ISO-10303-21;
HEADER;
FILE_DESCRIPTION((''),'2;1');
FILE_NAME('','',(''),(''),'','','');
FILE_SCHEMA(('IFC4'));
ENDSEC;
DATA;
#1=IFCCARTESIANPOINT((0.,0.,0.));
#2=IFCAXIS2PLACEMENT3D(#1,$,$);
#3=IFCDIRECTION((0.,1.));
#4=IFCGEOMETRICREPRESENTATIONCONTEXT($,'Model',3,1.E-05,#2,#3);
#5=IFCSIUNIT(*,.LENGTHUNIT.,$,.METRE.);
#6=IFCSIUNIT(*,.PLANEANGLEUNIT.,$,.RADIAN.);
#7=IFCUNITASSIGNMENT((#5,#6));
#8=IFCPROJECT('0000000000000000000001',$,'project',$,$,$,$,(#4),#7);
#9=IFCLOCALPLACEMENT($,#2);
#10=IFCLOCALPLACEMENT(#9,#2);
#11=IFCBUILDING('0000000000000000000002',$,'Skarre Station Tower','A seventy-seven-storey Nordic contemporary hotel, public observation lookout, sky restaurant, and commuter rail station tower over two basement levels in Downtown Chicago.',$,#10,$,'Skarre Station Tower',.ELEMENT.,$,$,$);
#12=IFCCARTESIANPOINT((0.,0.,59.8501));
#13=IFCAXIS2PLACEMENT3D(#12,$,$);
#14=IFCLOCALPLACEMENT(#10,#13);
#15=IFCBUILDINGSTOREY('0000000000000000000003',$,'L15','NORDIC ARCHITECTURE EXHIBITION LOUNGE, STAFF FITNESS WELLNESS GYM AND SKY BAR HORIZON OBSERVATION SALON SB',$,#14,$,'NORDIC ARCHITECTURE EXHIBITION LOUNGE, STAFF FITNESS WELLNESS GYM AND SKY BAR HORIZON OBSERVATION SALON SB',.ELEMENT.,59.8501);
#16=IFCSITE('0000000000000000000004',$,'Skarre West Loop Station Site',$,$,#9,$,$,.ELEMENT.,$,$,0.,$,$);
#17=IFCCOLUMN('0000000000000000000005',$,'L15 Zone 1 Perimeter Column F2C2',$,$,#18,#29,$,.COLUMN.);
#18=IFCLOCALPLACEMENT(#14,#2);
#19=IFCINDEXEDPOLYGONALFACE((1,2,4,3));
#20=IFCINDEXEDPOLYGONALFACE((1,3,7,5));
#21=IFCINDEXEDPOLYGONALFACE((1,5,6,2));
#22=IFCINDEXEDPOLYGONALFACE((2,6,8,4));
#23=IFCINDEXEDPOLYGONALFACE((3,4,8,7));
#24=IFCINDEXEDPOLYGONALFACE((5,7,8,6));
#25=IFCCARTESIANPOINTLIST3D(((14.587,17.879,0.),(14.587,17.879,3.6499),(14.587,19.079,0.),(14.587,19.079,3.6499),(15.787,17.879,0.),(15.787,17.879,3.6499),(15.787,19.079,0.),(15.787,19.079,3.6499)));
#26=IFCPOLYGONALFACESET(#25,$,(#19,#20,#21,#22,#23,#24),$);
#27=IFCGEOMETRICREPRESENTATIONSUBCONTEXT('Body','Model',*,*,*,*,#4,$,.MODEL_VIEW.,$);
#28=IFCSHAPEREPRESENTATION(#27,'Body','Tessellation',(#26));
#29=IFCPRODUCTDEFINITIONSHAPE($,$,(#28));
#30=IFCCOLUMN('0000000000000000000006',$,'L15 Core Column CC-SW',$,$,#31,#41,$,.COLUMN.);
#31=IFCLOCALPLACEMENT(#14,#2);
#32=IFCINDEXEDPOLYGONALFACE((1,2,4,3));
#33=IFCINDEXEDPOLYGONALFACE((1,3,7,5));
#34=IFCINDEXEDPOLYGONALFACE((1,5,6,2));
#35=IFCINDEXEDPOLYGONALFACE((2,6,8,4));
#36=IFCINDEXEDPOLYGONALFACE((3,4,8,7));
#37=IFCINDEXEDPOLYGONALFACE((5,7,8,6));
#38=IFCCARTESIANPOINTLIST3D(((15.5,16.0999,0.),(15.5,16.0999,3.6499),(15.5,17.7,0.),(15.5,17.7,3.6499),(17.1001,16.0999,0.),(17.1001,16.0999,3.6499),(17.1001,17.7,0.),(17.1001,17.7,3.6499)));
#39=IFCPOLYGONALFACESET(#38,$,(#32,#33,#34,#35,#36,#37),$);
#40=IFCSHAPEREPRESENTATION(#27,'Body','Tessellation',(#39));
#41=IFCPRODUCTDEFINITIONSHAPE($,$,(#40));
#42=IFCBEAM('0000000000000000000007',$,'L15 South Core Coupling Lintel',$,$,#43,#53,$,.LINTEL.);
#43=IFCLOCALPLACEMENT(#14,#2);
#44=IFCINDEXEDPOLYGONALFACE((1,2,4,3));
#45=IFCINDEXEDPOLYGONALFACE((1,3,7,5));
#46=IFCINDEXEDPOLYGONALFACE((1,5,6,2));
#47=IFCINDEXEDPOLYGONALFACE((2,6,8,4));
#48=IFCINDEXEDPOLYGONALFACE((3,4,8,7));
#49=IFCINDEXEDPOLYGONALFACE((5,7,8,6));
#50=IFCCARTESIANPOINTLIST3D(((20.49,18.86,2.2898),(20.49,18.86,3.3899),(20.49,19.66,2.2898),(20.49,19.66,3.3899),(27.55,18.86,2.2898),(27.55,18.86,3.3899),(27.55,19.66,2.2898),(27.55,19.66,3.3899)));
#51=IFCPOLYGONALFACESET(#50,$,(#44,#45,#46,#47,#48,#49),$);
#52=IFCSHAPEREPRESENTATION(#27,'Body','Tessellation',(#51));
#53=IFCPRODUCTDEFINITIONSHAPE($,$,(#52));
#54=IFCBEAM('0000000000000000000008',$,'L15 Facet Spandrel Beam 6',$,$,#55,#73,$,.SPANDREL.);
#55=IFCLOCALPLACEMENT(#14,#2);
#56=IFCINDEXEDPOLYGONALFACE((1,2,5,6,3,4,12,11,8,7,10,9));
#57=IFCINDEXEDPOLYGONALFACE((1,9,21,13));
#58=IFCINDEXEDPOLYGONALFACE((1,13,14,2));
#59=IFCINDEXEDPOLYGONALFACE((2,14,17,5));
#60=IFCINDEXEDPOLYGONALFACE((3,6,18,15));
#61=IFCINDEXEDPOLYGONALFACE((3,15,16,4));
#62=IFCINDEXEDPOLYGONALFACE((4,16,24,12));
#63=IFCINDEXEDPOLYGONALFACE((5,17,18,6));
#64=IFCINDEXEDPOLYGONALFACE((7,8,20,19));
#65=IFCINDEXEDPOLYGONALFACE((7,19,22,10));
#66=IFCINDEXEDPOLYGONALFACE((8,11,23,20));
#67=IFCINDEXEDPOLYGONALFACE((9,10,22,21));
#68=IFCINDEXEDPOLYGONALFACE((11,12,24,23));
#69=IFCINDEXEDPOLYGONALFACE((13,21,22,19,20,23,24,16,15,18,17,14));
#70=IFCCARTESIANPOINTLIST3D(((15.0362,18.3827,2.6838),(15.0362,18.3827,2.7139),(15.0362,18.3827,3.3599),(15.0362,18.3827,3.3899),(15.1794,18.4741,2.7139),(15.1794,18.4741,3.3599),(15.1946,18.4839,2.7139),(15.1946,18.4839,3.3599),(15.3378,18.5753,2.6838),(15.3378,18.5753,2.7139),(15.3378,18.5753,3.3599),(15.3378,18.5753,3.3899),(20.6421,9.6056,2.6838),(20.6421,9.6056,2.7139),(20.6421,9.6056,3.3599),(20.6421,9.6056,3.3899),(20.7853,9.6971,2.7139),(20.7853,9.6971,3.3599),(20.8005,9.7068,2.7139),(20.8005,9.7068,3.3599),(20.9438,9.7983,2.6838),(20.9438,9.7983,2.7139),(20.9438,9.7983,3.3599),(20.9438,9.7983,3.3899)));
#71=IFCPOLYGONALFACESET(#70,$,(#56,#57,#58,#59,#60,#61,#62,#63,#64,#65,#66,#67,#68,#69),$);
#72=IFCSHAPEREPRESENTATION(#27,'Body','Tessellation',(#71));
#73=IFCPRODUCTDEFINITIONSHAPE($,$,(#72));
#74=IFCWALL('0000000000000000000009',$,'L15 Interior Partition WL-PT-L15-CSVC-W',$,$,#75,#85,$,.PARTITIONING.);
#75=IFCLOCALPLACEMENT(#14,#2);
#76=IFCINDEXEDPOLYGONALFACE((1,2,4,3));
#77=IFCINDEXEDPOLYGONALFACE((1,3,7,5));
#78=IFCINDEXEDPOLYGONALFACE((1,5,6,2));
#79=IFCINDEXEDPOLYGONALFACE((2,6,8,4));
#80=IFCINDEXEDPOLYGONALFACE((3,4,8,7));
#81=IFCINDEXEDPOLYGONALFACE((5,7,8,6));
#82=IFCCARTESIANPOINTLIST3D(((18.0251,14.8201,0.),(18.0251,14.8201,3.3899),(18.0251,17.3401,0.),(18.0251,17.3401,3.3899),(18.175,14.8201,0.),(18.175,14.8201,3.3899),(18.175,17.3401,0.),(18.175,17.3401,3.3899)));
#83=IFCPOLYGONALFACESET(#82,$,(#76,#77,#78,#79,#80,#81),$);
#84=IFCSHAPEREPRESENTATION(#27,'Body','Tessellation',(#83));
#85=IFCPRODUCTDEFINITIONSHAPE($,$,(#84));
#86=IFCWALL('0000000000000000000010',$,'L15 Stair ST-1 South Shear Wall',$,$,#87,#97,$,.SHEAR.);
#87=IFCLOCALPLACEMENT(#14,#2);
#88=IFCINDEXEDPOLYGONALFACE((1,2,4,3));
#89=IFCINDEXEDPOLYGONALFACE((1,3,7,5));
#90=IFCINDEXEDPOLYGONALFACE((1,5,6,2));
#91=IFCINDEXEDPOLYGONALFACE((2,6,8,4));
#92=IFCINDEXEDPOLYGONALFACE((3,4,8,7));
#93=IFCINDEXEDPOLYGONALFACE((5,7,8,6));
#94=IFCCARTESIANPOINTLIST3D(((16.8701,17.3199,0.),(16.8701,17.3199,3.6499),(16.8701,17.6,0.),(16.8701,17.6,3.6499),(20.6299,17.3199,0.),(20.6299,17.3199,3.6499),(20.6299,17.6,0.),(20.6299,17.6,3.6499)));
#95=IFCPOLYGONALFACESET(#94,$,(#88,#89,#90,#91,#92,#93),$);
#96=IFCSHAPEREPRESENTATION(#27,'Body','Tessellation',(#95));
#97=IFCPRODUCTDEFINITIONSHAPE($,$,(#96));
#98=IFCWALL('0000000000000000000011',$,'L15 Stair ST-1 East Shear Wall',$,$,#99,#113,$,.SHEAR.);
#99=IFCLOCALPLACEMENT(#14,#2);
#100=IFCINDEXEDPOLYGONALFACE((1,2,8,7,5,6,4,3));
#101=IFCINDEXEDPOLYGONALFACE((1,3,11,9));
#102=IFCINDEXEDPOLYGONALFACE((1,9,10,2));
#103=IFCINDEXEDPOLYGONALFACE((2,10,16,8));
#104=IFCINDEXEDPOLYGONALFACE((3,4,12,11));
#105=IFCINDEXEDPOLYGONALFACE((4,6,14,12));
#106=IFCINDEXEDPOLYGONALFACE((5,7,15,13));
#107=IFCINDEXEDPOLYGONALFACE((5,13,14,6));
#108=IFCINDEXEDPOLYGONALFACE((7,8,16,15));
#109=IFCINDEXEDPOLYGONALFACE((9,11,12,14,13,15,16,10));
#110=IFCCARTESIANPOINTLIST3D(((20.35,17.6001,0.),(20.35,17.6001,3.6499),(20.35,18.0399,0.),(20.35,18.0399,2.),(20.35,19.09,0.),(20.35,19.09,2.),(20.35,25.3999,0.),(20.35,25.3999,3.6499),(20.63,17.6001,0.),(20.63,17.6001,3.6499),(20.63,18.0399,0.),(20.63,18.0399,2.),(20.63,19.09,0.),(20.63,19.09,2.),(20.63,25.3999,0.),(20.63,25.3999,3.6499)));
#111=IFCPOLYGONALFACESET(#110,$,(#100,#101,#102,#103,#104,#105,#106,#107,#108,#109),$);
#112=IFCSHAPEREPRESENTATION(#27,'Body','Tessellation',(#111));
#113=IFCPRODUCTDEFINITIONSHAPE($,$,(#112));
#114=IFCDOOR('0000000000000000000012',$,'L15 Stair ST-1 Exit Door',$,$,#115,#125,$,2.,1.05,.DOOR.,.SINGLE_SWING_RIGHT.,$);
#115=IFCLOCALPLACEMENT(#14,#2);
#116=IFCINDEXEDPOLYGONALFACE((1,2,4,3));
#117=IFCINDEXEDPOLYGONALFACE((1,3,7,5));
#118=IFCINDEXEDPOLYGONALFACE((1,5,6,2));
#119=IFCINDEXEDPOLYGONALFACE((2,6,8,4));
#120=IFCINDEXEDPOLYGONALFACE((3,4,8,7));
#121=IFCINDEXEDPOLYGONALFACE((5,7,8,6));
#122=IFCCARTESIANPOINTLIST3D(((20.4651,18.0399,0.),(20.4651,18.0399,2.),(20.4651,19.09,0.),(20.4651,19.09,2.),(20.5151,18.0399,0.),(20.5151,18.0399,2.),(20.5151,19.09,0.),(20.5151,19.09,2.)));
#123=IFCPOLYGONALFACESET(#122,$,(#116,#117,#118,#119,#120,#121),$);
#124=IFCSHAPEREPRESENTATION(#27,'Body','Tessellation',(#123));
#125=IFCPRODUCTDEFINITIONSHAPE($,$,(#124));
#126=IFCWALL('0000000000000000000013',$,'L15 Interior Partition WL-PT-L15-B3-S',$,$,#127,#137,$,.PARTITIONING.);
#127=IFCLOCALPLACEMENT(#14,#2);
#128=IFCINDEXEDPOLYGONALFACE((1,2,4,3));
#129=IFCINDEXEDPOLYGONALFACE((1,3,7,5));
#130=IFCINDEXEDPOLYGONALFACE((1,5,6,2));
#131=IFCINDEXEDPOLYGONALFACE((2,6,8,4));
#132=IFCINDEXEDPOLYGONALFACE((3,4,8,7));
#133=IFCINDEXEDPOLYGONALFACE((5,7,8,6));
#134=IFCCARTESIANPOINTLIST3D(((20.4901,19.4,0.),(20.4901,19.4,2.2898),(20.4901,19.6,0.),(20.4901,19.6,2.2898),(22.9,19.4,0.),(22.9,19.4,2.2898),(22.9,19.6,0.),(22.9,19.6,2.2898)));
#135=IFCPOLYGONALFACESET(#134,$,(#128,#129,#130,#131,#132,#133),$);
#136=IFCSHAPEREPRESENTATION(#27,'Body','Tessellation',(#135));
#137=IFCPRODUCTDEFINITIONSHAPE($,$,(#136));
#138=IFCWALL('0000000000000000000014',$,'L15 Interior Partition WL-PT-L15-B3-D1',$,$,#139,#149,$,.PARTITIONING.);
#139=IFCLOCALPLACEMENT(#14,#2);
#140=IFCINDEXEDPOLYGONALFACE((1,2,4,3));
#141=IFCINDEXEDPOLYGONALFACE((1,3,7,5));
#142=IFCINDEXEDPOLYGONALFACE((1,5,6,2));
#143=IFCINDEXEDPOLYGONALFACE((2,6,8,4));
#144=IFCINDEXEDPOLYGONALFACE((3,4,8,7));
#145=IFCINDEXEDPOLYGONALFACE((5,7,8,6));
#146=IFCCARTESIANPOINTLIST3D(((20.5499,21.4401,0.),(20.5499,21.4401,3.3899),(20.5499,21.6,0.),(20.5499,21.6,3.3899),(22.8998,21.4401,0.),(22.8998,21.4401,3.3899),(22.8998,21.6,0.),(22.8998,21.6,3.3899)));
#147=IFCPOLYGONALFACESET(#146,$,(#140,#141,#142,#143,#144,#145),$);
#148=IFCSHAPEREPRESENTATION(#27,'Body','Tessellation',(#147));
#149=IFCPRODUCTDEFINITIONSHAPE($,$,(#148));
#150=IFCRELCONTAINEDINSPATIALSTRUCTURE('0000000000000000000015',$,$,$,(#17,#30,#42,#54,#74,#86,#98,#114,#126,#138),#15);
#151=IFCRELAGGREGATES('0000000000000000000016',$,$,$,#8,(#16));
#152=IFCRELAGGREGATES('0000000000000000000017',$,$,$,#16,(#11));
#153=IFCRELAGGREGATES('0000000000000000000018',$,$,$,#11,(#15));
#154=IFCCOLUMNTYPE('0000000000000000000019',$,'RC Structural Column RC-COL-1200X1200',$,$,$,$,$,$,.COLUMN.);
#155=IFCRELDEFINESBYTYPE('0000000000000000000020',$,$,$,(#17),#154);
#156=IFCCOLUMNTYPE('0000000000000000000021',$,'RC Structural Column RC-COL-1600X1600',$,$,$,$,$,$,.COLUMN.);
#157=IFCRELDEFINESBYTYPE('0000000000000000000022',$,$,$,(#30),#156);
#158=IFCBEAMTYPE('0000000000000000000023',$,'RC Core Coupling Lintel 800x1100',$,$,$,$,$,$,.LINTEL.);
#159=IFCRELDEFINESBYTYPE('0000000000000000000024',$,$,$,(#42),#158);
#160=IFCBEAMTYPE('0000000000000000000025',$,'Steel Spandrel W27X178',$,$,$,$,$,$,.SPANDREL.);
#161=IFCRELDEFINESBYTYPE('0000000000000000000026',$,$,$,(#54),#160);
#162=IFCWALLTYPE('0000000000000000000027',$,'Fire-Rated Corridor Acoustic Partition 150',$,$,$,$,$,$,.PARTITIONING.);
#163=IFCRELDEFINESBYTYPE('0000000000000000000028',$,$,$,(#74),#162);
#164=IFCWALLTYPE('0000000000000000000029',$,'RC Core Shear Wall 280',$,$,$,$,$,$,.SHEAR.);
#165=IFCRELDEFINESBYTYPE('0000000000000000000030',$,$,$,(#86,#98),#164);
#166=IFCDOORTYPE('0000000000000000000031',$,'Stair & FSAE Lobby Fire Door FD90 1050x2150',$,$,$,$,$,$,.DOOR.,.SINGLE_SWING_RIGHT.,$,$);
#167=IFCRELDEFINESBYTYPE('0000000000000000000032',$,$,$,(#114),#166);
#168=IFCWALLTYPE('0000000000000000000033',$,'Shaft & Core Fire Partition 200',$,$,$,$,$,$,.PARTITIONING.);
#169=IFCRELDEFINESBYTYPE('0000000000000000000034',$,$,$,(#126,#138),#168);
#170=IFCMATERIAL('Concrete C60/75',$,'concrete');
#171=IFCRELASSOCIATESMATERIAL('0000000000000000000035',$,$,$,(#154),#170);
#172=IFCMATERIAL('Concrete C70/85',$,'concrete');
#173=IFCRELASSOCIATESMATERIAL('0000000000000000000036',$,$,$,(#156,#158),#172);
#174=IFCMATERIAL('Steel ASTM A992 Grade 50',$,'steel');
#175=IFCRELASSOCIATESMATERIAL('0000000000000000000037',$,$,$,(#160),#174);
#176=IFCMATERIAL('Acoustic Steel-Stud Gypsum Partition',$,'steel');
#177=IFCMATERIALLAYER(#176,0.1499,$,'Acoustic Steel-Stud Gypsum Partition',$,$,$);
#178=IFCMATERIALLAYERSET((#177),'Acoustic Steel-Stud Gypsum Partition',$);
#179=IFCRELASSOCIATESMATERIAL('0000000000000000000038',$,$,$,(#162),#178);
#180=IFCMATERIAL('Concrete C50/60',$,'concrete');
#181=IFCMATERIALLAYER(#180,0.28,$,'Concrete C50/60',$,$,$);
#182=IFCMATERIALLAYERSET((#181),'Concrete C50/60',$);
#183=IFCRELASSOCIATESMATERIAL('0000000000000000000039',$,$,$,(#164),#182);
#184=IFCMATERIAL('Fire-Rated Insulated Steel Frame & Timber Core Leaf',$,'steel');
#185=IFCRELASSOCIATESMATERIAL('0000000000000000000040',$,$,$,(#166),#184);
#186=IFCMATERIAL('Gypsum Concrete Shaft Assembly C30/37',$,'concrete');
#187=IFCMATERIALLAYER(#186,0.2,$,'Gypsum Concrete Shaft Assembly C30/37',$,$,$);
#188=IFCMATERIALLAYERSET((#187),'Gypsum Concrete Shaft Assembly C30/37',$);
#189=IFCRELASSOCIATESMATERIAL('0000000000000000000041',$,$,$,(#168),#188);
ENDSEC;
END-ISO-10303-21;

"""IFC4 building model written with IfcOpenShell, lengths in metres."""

from ifc_helpers import new_model, si_unit, direction, frame, frame_2d, origin, origin_2d, place, context, subcontext, project, spatial, rectangle, i_section, extrude, material, layer, layer_set, material_profile, profile_set, type_object, element, fill, save


model = new_model("IFC4")

# Units and contexts
model_context = context("Model", 3, precision=1e-05, world=origin(), true_north=direction((0.0, 1.0)))
body_context = subcontext(model_context, "Body", "Model", "MODEL_VIEW")
ifc_project = project(units=[si_unit("LENGTHUNIT", "METRE"), si_unit("PLANEANGLEUNIT", "RADIAN")], contexts=[model_context])

# Site, building, storey
site_placement = place(None, origin())
site = spatial("IfcSite", under=ifc_project, at=site_placement, Name="Skarre West Loop Station Site", CompositionType="ELEMENT", RefElevation=0.0)
building_placement = place(site_placement, origin())
building = spatial("IfcBuilding", under=site, at=building_placement, Name="Skarre Station Tower", Description="A seventy-seven-storey Nordic contemporary hotel, public observation lookout, sky restaurant, and commuter rail station tower over two basement levels in Downtown Chicago.", LongName="Skarre Station Tower", CompositionType="ELEMENT")
storey_placement = place(building_placement, frame((0.0, 0.0, 59.8501)))
storey = spatial("IfcBuildingStorey", under=building, at=storey_placement, Name="L15", Description="NORDIC ARCHITECTURE EXHIBITION LOUNGE, STAFF FITNESS WELLNESS GYM AND SKY BAR HORIZON OBSERVATION SALON SB", LongName="NORDIC ARCHITECTURE EXHIBITION LOUNGE, STAFF FITNESS WELLNESS GYM AND SKY BAR HORIZON OBSERVATION SALON SB", CompositionType="ELEMENT", Elevation=59.8501)

# Columns
ifc_material_1 = material(Name="Concrete C60/75", Category="concrete")
ifc_material_profile_1 = material_profile(ifc_material_1, rectangle(XDim=1.2, YDim=1.2, at=origin_2d()), Name="Concrete C60/75")
ifc_profile_set_1 = profile_set([ifc_material_profile_1], Name="Concrete C60/75")
column_type_1 = type_object("IfcColumnType", Name="RC Structural Column RC-COL-1200X1200", PredefinedType="COLUMN", material=ifc_profile_set_1)
column_1_placement = place(storey_placement, frame((15.187, 18.479, 0.0), z_axis=(0.0, 0.0, 1.0), x_axis=(1.0, 0.0, 0.0)))
element("IfcColumn", 1, at=column_1_placement, inside=storey, type_object=column_type_1, Name="L15 Zone 1 Perimeter Column F2C2", PredefinedType="COLUMN", context=body_context, shape_type="SweptSolid", body=[
    extrude(rectangle(XDim=1.2, YDim=1.2, at=origin_2d()), origin(), (0.0, 0.0, 1.0), 3.6499),
])
ifc_material_2 = material(Name="Concrete C70/85", Category="concrete")
ifc_material_profile_2 = material_profile(ifc_material_2, rectangle(XDim=1.6001, YDim=1.6001, at=origin_2d()), Name="Concrete C70/85")
ifc_profile_set_2 = profile_set([ifc_material_profile_2], Name="Concrete C70/85")
column_type_2 = type_object("IfcColumnType", Name="RC Structural Column RC-COL-1600X1600", PredefinedType="COLUMN", material=ifc_profile_set_2)
column_2_placement = place(storey_placement, frame((16.3, 16.8999, 0.0), z_axis=(0.0, 0.0, 1.0), x_axis=(1.0, 0.0, 0.0)))
element("IfcColumn", 2, at=column_2_placement, inside=storey, type_object=column_type_2, Name="L15 Core Column CC-SW", PredefinedType="COLUMN", context=body_context, shape_type="SweptSolid", body=[
    extrude(rectangle(XDim=1.6001, YDim=1.6001, at=origin_2d()), origin(), (0.0, 0.0, 1.0), 3.6499),
])

# Beams
ifc_material_profile_3 = material_profile(ifc_material_2, rectangle(XDim=0.8, YDim=1.1001, at=origin_2d()), Name="Concrete C70/85")
ifc_profile_set_3 = profile_set([ifc_material_profile_3], Name="Concrete C70/85")
beam_type_1 = type_object("IfcBeamType", Name="RC Core Coupling Lintel 800x1100", PredefinedType="LINTEL", material=ifc_profile_set_3)
beam_1_placement = place(storey_placement, frame((20.49, 19.26, 2.8398), z_axis=(1.0, 0.0, 0.0), x_axis=(0.0, 1.0, 0.0)))
element("IfcBeam", 3, at=beam_1_placement, inside=storey, type_object=beam_type_1, Name="L15 South Core Coupling Lintel", PredefinedType="LINTEL", context=body_context, shape_type="SweptSolid", body=[
    extrude(rectangle(XDim=0.8, YDim=1.1001, at=origin_2d()), origin(), (0.0, 0.0, 1.0), 7.0601),
])
ifc_material_3 = material(Name="Steel ASTM A992 Grade 50", Category="steel")
ifc_material_profile_4 = material_profile(ifc_material_3, i_section(OverallWidth=0.3579, OverallDepth=0.7061, WebThickness=0.0181, FlangeThickness=0.03, at=origin_2d()), Name="Steel ASTM A992 Grade 50")
ifc_profile_set_4 = profile_set([ifc_material_profile_4], Name="Steel ASTM A992 Grade 50")
beam_type_2 = type_object("IfcBeamType", Name="Steel Spandrel W27X178", PredefinedType="SPANDREL", material=ifc_profile_set_4)
beam_2_placement = place(storey_placement, frame((15.187, 18.479, 3.0369), z_axis=(0.538278, -0.842767, 0.0), x_axis=(0.842767, 0.538278, 0.0)))
element("IfcBeam", 4, at=beam_2_placement, inside=storey, type_object=beam_type_2, Name="L15 Facet Spandrel Beam 6", PredefinedType="SPANDREL", context=body_context, shape_type="SweptSolid", body=[
    extrude(i_section(OverallWidth=0.3579, OverallDepth=0.7061, WebThickness=0.0181, FlangeThickness=0.03, at=origin_2d()), origin(), (0.0, 0.0, 1.0), 10.4146),
])

# Walls
ifc_material_4 = material(Name="Acoustic Steel-Stud Gypsum Partition", Category="steel")
ifc_layer_1 = layer(ifc_material_4, 0.1499, Name="Acoustic Steel-Stud Gypsum Partition")
ifc_layer_set_1 = layer_set([ifc_layer_1], Name="Acoustic Steel-Stud Gypsum Partition")
wall_type_1 = type_object("IfcWallType", Name="Fire-Rated Corridor Acoustic Partition 150", PredefinedType="PARTITIONING", material=ifc_layer_set_1)
wall_1_placement = place(storey_placement, frame((18.1001, 17.3401, 0.0), z_axis=(0.0, 0.0, 1.0), x_axis=(0.0, -1.0, 0.0)))
element("IfcWall", 5, at=wall_1_placement, inside=storey, type_object=wall_type_1, Name="L15 Interior Partition WL-PT-L15-CSVC-W", PredefinedType="PARTITIONING", context=body_context, shape_type="SweptSolid", body=[
    extrude(rectangle(XDim=2.52, YDim=0.1499, at=frame_2d((1.26, 0.0))), origin(), (0.0, 0.0, 1.0), 3.3899),
])
ifc_material_5 = material(Name="Concrete C50/60", Category="concrete")
ifc_layer_2 = layer(ifc_material_5, 0.28, Name="Concrete C50/60")
ifc_layer_set_2 = layer_set([ifc_layer_2], Name="Concrete C50/60")
wall_type_2 = type_object("IfcWallType", Name="RC Core Shear Wall 280", PredefinedType="SHEAR", material=ifc_layer_set_2)
wall_2_placement = place(storey_placement, frame((16.8701, 17.46, 0.0), z_axis=(0.0, 0.0, 1.0), x_axis=(1.0, 0.0, 0.0)))
element("IfcWall", 6, at=wall_2_placement, inside=storey, type_object=wall_type_2, Name="L15 Stair ST-1 South Shear Wall", PredefinedType="SHEAR", context=body_context, shape_type="SweptSolid", body=[
    extrude(rectangle(XDim=3.7598, YDim=0.28, at=frame_2d((1.8799, 0.0))), origin(), (0.0, 0.0, 1.0), 3.6499),
])

# Wall, opening, door
wall_3_placement = place(storey_placement, frame((20.49, 17.6001, 0.0), z_axis=(0.0, 0.0, 1.0), x_axis=(0.0, 1.0, 0.0)))
wall_3 = element("IfcWall", 7, at=wall_3_placement, inside=storey, type_object=wall_type_2, Name="L15 Stair ST-1 East Shear Wall", PredefinedType="SHEAR", context=body_context, shape_type="SweptSolid", body=[
    extrude(rectangle(XDim=7.7998, YDim=0.28, at=frame_2d((3.8999, 0.0))), origin(), (0.0, 0.0, 1.0), 3.6499),
])
opening_placement = place(wall_3_placement, frame((0.4399, 0.0, 0.0)))
opening = element("IfcOpeningElement", 8, at=opening_placement, cuts=wall_3, PredefinedType="OPENING", context=body_context, shape_type="SweptSolid", body=[
    extrude(rectangle(XDim=1.05, YDim=2.0, at=frame_2d((0.5249, 1.0))), frame((0.0, 0.1499, 0.0), z_axis=(0.0, -1.0, 0.0), x_axis=(1.0, 0.0, 0.0)), (0.0, 0.0, 1.0), 0.3),
])
ifc_material_6 = material(Name="Fire-Rated Insulated Steel Frame & Timber Core Leaf", Category="steel")
door_type = type_object("IfcDoorType", Name="Stair & FSAE Lobby Fire Door FD90 1050x2150", OperationType="SINGLE_SWING_RIGHT", PredefinedType="DOOR", material=ifc_material_6)
door_placement = place(opening_placement, origin())
door = element("IfcDoor", 9, at=door_placement, inside=storey, type_object=door_type, Name="L15 Stair ST-1 Exit Door", OperationType="SINGLE_SWING_RIGHT", OverallHeight=2.0, OverallWidth=1.05, PredefinedType="DOOR", context=body_context, shape_type="SweptSolid", body=[
    extrude(rectangle(XDim=1.05, YDim=2.0, at=frame_2d((0.5249, 1.0))), frame((0.0, 0.0249, 0.0), z_axis=(0.0, -1.0, 0.0), x_axis=(1.0, 0.0, 0.0)), (0.0, 0.0, 1.0), 0.05),
])
fill(opening, door)

# Walls
ifc_material_7 = material(Name="Gypsum Concrete Shaft Assembly C30/37", Category="concrete")
ifc_layer_3 = layer(ifc_material_7, 0.2, Name="Gypsum Concrete Shaft Assembly C30/37")
ifc_layer_set_3 = layer_set([ifc_layer_3], Name="Gypsum Concrete Shaft Assembly C30/37")
wall_type_3 = type_object("IfcWallType", Name="Shaft & Core Fire Partition 200", PredefinedType="PARTITIONING", material=ifc_layer_set_3)
wall_4_placement = place(storey_placement, frame((20.49, 19.5, 0.0), z_axis=(0.0, 0.0, 1.0), x_axis=(1.0, 0.0, 0.0)))
element("IfcWall", 10, at=wall_4_placement, inside=storey, type_object=wall_type_3, Name="L15 Interior Partition WL-PT-L15-B3-S", PredefinedType="PARTITIONING", context=body_context, shape_type="SweptSolid", body=[
    extrude(rectangle(XDim=2.4099, YDim=0.2, at=frame_2d((1.2051, 0.0))), origin(), (0.0, 0.0, 1.0), 2.2898),
])
wall_5_placement = place(storey_placement, frame((20.55, 21.52, 0.0), z_axis=(0.0, 0.0, 1.0), x_axis=(1.0, 0.0, 0.0)))
element("IfcWall", 11, at=wall_5_placement, inside=storey, type_object=wall_type_3, Name="L15 Interior Partition WL-PT-L15-B3-D1", PredefinedType="PARTITIONING", context=body_context, shape_type="SweptSolid", body=[
    extrude(rectangle(XDim=2.3499, YDim=0.1599, at=frame_2d((1.1748, 0.0))), origin(), (0.0, 0.0, 1.0), 3.3899),
])

save(model, "model.ifc")
